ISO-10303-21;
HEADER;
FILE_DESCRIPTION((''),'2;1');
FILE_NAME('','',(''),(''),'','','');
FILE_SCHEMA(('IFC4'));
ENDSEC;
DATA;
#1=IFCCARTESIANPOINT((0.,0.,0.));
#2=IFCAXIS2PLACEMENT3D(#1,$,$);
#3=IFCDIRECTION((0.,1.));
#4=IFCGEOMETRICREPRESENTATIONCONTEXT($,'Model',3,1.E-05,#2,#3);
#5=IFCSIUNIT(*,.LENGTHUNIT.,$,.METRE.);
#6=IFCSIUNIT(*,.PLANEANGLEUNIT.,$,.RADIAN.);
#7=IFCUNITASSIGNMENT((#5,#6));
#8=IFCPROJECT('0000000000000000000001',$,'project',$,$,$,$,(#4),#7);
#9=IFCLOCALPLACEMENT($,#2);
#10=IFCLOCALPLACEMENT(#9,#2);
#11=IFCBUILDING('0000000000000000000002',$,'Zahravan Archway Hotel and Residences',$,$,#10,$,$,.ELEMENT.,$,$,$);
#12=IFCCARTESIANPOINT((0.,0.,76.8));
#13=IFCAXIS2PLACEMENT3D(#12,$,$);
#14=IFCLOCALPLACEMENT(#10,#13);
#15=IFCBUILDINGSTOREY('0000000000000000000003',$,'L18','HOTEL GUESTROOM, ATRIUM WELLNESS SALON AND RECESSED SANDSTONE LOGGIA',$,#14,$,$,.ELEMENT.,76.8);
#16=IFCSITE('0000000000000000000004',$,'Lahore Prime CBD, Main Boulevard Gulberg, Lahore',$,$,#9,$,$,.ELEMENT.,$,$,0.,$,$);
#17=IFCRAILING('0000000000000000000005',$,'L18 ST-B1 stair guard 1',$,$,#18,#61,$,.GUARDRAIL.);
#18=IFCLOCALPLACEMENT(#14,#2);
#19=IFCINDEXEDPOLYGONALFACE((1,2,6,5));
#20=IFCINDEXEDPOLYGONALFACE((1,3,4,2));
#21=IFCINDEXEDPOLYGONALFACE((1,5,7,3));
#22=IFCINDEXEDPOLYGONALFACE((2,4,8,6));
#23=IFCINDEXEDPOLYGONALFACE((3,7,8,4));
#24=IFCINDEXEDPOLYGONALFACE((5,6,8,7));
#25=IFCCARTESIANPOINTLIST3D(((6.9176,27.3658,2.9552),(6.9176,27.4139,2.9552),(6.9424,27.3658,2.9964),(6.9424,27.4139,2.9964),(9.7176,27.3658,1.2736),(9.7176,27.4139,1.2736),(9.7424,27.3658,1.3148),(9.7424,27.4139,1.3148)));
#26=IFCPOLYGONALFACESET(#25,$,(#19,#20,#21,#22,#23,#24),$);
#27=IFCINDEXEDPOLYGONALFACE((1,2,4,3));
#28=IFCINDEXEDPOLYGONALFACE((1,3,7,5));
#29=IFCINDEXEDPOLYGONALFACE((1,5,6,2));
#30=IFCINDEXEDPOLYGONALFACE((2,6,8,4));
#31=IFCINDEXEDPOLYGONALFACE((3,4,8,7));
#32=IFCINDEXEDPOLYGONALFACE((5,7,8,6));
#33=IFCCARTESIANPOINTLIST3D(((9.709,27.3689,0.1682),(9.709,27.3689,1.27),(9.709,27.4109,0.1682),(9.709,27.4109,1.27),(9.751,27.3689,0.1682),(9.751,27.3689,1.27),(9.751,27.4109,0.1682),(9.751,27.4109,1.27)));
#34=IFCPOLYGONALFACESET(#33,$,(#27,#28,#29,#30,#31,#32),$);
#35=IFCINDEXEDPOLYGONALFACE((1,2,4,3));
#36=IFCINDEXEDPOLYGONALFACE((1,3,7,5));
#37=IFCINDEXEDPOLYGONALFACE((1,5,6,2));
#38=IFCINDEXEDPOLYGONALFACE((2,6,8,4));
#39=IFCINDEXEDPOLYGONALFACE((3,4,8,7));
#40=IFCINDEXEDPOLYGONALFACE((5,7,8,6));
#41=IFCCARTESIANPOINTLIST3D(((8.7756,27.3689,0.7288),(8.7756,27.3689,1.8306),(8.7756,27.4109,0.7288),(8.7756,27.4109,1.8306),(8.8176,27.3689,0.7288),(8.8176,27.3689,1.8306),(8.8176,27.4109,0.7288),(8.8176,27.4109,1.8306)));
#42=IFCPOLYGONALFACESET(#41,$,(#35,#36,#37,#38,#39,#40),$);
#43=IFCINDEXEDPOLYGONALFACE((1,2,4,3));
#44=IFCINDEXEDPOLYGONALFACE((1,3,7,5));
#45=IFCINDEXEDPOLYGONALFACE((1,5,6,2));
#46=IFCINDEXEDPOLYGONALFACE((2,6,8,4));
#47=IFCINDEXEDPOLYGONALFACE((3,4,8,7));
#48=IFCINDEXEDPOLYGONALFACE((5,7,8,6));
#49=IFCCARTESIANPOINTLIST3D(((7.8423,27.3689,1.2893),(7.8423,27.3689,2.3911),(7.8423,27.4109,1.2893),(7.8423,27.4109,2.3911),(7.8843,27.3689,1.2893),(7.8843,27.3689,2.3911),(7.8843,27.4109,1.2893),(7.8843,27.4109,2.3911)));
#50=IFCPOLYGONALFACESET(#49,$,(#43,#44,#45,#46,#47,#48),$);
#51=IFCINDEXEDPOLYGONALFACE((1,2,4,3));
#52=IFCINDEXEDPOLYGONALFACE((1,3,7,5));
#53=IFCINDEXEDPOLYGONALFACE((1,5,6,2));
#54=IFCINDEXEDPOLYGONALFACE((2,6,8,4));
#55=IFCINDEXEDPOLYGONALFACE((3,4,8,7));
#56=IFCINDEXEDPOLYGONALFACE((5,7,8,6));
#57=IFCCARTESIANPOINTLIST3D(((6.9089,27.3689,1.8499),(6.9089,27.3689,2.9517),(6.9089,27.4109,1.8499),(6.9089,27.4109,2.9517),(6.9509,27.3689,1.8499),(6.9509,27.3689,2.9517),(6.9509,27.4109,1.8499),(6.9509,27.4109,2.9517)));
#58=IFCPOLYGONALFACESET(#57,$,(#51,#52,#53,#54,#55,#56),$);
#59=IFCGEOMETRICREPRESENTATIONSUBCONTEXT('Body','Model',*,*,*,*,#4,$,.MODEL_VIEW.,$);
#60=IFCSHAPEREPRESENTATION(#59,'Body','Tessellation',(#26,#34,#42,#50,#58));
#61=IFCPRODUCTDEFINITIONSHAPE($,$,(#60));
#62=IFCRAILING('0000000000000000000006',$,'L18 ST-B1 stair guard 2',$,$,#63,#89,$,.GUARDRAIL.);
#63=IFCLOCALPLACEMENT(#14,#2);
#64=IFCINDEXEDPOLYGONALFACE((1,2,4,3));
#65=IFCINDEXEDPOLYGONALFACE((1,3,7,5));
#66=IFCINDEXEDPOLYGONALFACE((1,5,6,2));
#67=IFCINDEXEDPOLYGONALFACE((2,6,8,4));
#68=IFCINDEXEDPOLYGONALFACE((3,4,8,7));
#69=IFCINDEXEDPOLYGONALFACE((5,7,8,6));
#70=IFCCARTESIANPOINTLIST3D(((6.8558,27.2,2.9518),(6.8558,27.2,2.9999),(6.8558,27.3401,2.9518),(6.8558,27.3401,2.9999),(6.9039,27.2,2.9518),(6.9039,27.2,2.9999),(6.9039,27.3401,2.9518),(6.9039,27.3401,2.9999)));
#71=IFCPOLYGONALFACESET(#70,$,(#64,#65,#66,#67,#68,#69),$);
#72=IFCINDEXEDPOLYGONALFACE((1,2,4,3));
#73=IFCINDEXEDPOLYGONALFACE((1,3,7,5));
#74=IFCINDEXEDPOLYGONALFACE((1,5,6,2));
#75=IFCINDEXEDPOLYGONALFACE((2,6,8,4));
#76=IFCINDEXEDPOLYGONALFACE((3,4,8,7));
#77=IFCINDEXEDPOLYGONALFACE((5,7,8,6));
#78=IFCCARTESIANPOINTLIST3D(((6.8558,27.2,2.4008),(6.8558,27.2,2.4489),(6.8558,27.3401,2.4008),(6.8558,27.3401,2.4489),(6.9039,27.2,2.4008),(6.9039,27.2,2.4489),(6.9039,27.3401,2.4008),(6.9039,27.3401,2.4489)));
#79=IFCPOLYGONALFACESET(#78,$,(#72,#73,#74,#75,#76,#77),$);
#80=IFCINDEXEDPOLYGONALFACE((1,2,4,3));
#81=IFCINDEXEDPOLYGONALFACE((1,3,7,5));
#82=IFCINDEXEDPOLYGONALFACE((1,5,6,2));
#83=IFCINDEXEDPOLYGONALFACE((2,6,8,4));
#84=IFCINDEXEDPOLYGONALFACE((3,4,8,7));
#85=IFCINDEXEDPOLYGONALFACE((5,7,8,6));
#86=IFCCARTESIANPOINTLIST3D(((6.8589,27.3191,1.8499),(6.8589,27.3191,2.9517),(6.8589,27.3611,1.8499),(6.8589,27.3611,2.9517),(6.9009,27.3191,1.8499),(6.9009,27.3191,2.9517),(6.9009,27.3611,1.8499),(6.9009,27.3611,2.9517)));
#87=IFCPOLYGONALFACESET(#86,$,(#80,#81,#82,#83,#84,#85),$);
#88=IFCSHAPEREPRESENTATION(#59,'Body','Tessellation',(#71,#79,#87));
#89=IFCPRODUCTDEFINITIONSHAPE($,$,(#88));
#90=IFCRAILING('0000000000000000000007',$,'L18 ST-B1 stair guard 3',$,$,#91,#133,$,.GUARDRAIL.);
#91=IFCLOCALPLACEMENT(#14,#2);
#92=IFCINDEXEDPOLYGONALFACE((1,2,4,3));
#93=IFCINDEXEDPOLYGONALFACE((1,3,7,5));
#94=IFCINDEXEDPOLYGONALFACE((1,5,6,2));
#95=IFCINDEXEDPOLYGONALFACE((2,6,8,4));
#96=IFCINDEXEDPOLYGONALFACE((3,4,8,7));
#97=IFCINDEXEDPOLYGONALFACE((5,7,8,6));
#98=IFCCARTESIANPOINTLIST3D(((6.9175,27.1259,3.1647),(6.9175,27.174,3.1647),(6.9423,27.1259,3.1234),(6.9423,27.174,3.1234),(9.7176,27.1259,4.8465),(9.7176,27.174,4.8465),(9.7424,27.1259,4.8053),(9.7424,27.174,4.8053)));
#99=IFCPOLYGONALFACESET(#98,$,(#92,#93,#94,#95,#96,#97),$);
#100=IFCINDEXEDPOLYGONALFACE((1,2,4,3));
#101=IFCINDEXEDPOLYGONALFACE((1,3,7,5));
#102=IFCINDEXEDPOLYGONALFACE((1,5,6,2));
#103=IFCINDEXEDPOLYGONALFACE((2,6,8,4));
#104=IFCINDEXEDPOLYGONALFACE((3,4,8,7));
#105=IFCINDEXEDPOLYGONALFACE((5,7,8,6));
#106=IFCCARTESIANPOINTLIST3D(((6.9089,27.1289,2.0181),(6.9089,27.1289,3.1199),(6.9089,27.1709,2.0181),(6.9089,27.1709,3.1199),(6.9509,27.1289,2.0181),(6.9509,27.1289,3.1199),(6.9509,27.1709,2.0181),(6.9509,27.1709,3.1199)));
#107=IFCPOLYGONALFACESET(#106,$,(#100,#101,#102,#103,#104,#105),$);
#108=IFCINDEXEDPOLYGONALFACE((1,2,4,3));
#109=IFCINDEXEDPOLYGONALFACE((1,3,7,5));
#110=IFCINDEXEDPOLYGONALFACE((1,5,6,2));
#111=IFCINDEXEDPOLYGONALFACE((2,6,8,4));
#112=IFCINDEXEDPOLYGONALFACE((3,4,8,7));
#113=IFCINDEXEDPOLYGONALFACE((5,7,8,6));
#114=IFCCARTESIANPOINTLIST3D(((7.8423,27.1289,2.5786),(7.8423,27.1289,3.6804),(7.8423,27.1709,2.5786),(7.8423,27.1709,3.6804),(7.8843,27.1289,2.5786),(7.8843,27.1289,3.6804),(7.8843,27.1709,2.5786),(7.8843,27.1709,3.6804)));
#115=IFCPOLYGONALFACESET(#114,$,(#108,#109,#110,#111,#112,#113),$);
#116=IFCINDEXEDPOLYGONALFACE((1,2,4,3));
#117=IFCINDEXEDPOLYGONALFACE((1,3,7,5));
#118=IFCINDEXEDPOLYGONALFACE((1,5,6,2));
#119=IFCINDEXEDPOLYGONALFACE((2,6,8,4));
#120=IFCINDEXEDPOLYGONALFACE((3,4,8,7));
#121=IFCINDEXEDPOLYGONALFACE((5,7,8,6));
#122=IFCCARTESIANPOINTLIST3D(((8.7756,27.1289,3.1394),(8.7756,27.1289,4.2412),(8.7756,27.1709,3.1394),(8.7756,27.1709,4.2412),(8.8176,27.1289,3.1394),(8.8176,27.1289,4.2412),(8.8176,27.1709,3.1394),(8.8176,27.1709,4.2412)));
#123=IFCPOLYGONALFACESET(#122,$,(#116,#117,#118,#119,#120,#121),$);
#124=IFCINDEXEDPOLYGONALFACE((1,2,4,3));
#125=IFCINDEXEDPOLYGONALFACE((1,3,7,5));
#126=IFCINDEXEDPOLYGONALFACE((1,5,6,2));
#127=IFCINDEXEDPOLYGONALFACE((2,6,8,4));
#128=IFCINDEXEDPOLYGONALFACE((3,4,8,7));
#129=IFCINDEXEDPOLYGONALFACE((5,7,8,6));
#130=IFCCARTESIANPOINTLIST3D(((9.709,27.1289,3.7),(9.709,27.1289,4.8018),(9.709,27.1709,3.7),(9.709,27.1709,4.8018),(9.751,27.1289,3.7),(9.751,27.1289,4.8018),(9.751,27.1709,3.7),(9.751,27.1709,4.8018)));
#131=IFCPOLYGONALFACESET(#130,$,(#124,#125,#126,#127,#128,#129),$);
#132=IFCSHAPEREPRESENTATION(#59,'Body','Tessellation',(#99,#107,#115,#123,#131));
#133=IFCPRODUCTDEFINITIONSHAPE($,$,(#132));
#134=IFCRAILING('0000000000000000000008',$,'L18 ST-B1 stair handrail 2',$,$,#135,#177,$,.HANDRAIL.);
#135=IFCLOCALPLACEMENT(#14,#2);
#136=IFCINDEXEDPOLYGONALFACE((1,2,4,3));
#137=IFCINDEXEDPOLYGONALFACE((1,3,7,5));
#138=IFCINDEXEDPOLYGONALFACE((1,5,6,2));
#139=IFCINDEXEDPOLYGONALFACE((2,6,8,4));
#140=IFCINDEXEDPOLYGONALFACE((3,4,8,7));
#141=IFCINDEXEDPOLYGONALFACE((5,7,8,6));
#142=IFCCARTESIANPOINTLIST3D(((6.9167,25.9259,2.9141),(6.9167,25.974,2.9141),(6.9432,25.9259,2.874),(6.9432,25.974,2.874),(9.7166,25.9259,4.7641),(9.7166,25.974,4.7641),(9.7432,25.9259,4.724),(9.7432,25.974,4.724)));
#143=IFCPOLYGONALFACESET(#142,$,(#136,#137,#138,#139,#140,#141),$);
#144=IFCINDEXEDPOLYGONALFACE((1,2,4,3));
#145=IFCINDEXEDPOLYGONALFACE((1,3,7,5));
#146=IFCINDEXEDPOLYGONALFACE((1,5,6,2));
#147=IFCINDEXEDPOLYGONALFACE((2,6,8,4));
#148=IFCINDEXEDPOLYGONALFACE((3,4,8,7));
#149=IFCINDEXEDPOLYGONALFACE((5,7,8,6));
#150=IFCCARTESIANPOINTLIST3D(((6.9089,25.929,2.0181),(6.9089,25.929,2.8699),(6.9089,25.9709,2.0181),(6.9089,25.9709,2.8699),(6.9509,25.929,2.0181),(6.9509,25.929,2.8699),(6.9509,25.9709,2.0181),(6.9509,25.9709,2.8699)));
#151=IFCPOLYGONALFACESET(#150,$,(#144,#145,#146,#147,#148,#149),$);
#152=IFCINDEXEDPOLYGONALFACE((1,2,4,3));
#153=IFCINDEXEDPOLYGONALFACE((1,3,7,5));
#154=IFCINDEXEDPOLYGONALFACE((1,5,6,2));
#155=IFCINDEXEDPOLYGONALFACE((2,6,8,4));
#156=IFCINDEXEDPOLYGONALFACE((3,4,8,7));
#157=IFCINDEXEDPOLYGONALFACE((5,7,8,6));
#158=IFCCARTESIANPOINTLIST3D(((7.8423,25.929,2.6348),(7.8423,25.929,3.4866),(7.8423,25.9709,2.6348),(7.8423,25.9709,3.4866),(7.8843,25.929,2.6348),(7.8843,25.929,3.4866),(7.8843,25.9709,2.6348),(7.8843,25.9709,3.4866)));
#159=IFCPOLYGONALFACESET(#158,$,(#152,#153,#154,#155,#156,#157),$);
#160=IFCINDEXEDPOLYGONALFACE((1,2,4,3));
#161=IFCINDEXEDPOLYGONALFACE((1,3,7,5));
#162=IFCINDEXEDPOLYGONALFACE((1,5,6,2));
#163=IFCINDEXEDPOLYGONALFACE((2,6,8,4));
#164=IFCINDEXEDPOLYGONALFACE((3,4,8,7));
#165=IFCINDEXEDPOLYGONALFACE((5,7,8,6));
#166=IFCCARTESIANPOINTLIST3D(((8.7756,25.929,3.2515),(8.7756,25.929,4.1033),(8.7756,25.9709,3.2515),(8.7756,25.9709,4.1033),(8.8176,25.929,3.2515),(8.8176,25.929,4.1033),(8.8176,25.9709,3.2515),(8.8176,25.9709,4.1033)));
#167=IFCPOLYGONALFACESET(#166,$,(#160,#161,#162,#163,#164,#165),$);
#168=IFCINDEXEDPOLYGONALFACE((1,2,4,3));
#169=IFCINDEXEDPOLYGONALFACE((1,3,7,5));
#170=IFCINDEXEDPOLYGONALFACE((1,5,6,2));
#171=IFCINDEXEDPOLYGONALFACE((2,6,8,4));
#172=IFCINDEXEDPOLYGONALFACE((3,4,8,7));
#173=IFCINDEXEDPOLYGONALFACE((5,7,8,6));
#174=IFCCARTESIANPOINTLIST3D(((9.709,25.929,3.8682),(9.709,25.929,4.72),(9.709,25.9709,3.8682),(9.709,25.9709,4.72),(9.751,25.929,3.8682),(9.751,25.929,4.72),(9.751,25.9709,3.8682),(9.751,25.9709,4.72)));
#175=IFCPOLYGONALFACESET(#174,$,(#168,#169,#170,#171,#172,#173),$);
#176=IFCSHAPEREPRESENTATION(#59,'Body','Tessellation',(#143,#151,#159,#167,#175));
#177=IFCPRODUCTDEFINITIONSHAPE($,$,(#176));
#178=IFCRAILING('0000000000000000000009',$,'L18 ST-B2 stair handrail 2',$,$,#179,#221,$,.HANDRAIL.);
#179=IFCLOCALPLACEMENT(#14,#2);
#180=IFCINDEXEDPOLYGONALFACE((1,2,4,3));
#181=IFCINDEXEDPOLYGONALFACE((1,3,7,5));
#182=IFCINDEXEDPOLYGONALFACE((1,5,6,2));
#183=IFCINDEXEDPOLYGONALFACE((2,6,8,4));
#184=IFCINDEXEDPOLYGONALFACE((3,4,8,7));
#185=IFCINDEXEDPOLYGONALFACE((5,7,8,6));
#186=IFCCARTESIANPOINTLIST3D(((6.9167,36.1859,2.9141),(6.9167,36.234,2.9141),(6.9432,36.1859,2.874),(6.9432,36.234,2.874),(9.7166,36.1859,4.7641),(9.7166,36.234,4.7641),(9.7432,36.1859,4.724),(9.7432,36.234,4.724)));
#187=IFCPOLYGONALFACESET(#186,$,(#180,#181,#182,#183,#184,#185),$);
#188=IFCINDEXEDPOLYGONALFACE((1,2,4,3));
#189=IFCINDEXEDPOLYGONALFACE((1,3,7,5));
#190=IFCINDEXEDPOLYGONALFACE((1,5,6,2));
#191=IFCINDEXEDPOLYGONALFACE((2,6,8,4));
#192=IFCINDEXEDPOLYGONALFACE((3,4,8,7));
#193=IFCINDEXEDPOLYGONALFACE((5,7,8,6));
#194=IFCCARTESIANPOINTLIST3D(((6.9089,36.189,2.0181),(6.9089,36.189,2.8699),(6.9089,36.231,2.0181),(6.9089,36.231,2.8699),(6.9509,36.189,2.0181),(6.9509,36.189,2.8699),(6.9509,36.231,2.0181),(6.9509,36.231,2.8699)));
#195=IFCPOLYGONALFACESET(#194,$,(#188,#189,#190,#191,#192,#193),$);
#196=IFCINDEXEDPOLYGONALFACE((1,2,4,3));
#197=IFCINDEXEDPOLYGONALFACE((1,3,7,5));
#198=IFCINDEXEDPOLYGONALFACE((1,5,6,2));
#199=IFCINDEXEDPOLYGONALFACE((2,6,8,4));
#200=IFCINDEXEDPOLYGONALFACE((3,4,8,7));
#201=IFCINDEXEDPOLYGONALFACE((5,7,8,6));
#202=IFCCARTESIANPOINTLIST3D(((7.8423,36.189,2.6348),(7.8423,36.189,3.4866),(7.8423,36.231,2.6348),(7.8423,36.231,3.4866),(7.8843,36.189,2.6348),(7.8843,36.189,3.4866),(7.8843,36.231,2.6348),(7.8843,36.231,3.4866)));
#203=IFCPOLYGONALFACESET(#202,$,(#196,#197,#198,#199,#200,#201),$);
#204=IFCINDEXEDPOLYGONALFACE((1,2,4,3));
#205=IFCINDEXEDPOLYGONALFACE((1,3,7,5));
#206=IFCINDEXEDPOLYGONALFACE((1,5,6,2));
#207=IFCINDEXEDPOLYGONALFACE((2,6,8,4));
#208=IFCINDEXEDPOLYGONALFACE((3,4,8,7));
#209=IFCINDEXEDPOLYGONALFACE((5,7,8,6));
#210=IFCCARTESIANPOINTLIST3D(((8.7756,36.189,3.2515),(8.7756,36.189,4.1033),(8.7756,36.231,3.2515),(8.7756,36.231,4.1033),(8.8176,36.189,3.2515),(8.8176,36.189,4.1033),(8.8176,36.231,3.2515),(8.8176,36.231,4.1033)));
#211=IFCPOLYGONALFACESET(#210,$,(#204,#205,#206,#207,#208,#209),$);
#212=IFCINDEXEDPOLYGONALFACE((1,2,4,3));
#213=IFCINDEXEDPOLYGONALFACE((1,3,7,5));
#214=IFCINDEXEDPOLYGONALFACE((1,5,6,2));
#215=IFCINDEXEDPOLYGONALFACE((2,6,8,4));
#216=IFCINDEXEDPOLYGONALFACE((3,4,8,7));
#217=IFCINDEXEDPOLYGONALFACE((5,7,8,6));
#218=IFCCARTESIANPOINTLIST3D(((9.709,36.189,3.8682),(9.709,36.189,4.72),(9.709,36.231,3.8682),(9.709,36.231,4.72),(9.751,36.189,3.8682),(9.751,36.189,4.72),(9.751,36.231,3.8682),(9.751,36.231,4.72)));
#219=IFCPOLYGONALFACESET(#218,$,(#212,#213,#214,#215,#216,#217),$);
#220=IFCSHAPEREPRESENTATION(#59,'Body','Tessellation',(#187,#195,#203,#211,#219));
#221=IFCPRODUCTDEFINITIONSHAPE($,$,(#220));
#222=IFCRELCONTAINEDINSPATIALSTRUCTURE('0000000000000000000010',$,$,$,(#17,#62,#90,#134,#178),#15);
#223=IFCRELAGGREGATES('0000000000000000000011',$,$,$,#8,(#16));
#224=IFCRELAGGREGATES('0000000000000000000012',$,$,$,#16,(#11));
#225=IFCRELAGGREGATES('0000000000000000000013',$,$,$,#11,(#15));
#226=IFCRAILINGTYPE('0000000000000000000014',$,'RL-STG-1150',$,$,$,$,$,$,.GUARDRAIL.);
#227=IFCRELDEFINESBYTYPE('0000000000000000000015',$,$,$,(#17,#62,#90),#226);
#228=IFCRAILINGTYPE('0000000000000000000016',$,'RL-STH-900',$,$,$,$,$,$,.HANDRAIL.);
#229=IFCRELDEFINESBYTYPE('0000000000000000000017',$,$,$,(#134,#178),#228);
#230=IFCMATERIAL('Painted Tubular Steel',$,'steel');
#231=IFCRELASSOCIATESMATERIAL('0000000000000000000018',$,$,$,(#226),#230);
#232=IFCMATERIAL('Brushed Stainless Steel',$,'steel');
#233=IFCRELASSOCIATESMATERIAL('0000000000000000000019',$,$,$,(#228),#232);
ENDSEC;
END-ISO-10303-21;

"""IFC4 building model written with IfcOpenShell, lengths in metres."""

from ifc_helpers import new_model, si_unit, direction, frame, origin, origin_2d, place, context, subcontext, project, spatial, rectangle, extrude, material, type_object, element, save


model = new_model("IFC4")

# Units and contexts
model_context = context("Model", 3, precision=1e-05, world=origin(), true_north=direction((0.0, 1.0)))
body_context = subcontext(model_context, "Body", "Model", "MODEL_VIEW")
ifc_project = project(units=[si_unit("LENGTHUNIT", "METRE"), si_unit("PLANEANGLEUNIT", "RADIAN")], contexts=[model_context])

# Site, building, storey
site_placement = place(None, origin())
site = spatial("IfcSite", under=ifc_project, at=site_placement, Name="Lahore Prime CBD, Main Boulevard Gulberg, Lahore", CompositionType="ELEMENT", RefElevation=0.0)
building_placement = place(site_placement, origin())
building = spatial("IfcBuilding", under=site, at=building_placement, Name="Zahravan Archway Hotel and Residences", CompositionType="ELEMENT")
storey_placement = place(building_placement, frame((0.0, 0.0, 76.8)))
storey = spatial("IfcBuildingStorey", under=building, at=storey_placement, Name="L18", Description="HOTEL GUESTROOM, ATRIUM WELLNESS SALON AND RECESSED SANDSTONE LOGGIA", CompositionType="ELEMENT", Elevation=76.8)

# Shared definitions
ifc_material_1 = material(Name="Brushed Stainless Steel", Category="steel")

# Railings
ifc_material_2 = material(Name="Painted Tubular Steel", Category="steel")
railing_type_1 = type_object("IfcRailingType", Name="RL-STG-1150", PredefinedType="GUARDRAIL", material=ifc_material_2)
railing_1_placement = place(storey_placement, frame((9.73, 27.3899, 0.1682)))
element("IfcRailing", 1, at=railing_1_placement, inside=storey, type_object=railing_type_1, Name="L18 ST-B1 stair guard 1", PredefinedType="GUARDRAIL", context=body_context, shape_type="SweptSolid", body=[
    extrude(rectangle(XDim=0.0481, YDim=0.0481, at=origin_2d()), frame((0.0, 0.0, 1.126), z_axis=(-0.857275, 0.0, 0.514858), x_axis=(0.0, -1.0, 0.0)), (0.0, 0.0, 1.0), 3.2661),
    extrude(rectangle(XDim=0.042, YDim=0.042, at=origin_2d()), origin(), (0.0, 0.0, 1.0), 1.1018),
    extrude(rectangle(XDim=0.042, YDim=0.042, at=origin_2d()), frame((-0.9333, 0.0, 0.5605)), (0.0, 0.0, 1.0), 1.1018),
    extrude(rectangle(XDim=0.042, YDim=0.042, at=origin_2d()), frame((-1.8667, 0.0, 1.1211)), (0.0, 0.0, 1.0), 1.1018),
    extrude(rectangle(XDim=0.042, YDim=0.042, at=origin_2d()), frame((-2.8, 0.0, 1.6816)), (0.0, 0.0, 1.0), 1.1018),
])
railing_2_placement = place(storey_placement, frame((6.8799, 27.3401, 1.8499)))
element("IfcRailing", 2, at=railing_2_placement, inside=storey, type_object=railing_type_1, Name="L18 ST-B1 stair guard 2", PredefinedType="GUARDRAIL", context=body_context, shape_type="SweptSolid", body=[
    extrude(rectangle(XDim=0.0481, YDim=0.0481, at=origin_2d()), frame((0.0, 0.0, 1.126), z_axis=(0.0, -1.0, 0.0), x_axis=(1.0, 0.0, 0.0)), (0.0, 0.0, 1.0), 0.1401),
    extrude(rectangle(XDim=0.0481, YDim=0.0481, at=origin_2d()), frame((0.0, 0.0, 0.575), z_axis=(0.0, -1.0, 0.0), x_axis=(1.0, 0.0, 0.0)), (0.0, 0.0, 1.0), 0.1401),
    extrude(rectangle(XDim=0.042, YDim=0.042, at=origin_2d()), origin(), (0.0, 0.0, 1.0), 1.1018),
])
railing_3_placement = place(storey_placement, frame((6.9299, 27.1499, 2.0181)))
element("IfcRailing", 3, at=railing_3_placement, inside=storey, type_object=railing_type_1, Name="L18 ST-B1 stair guard 3", PredefinedType="GUARDRAIL", context=body_context, shape_type="SweptSolid", body=[
    extrude(rectangle(XDim=0.0481, YDim=0.0481, at=origin_2d()), frame((0.0, 0.0, 1.126), z_axis=(0.857242, 0.0, 0.514913), x_axis=(0.0, 1.0, 0.0)), (0.0, 0.0, 1.0), 3.2664),
    extrude(rectangle(XDim=0.042, YDim=0.042, at=origin_2d()), origin(), (0.0, 0.0, 1.0), 1.1018),
    extrude(rectangle(XDim=0.042, YDim=0.042, at=origin_2d()), frame((0.9333, 0.0, 0.5605)), (0.0, 0.0, 1.0), 1.1018),
    extrude(rectangle(XDim=0.042, YDim=0.042, at=origin_2d()), frame((1.8667, 0.0, 1.1213)), (0.0, 0.0, 1.0), 1.1018),
    extrude(rectangle(XDim=0.042, YDim=0.042, at=origin_2d()), frame((2.8, 0.0, 1.6819)), (0.0, 0.0, 1.0), 1.1018),
])
railing_type_2 = type_object("IfcRailingType", Name="RL-STH-900", PredefinedType="HANDRAIL", material=ifc_material_1)
for number, where, name in (
    (4, (6.9299, 25.95, 2.0181), "L18 ST-B1 stair handrail 2"),
    (5, (6.9299, 36.21, 2.0181), "L18 ST-B2 stair handrail 2"),
):
    element("IfcRailing", number, at=place(storey_placement, frame(where)), inside=storey, type_object=railing_type_2, Name=name, PredefinedType="HANDRAIL", context=body_context, shape_type="SweptSolid", body=[
        extrude(rectangle(XDim=0.0481, YDim=0.0481, at=origin_2d()), frame((0.0, 0.0, 0.876), z_axis=(0.834326, 0.0, 0.551271), x_axis=(0.0, 1.0, 0.0)), (0.0, 0.0, 1.0), 3.356),
        extrude(rectangle(XDim=0.042, YDim=0.042, at=origin_2d()), origin(), (0.0, 0.0, 1.0), 0.8518),
        extrude(rectangle(XDim=0.042, YDim=0.042, at=origin_2d()), frame((0.9333, 0.0, 0.6167)), (0.0, 0.0, 1.0), 0.8518),
        extrude(rectangle(XDim=0.042, YDim=0.042, at=origin_2d()), frame((1.8667, 0.0, 1.2334)), (0.0, 0.0, 1.0), 0.8518),
        extrude(rectangle(XDim=0.042, YDim=0.042, at=origin_2d()), frame((2.8, 0.0, 1.8501)), (0.0, 0.0, 1.0), 0.8518),
    ])

save(model, "model.ifc")
